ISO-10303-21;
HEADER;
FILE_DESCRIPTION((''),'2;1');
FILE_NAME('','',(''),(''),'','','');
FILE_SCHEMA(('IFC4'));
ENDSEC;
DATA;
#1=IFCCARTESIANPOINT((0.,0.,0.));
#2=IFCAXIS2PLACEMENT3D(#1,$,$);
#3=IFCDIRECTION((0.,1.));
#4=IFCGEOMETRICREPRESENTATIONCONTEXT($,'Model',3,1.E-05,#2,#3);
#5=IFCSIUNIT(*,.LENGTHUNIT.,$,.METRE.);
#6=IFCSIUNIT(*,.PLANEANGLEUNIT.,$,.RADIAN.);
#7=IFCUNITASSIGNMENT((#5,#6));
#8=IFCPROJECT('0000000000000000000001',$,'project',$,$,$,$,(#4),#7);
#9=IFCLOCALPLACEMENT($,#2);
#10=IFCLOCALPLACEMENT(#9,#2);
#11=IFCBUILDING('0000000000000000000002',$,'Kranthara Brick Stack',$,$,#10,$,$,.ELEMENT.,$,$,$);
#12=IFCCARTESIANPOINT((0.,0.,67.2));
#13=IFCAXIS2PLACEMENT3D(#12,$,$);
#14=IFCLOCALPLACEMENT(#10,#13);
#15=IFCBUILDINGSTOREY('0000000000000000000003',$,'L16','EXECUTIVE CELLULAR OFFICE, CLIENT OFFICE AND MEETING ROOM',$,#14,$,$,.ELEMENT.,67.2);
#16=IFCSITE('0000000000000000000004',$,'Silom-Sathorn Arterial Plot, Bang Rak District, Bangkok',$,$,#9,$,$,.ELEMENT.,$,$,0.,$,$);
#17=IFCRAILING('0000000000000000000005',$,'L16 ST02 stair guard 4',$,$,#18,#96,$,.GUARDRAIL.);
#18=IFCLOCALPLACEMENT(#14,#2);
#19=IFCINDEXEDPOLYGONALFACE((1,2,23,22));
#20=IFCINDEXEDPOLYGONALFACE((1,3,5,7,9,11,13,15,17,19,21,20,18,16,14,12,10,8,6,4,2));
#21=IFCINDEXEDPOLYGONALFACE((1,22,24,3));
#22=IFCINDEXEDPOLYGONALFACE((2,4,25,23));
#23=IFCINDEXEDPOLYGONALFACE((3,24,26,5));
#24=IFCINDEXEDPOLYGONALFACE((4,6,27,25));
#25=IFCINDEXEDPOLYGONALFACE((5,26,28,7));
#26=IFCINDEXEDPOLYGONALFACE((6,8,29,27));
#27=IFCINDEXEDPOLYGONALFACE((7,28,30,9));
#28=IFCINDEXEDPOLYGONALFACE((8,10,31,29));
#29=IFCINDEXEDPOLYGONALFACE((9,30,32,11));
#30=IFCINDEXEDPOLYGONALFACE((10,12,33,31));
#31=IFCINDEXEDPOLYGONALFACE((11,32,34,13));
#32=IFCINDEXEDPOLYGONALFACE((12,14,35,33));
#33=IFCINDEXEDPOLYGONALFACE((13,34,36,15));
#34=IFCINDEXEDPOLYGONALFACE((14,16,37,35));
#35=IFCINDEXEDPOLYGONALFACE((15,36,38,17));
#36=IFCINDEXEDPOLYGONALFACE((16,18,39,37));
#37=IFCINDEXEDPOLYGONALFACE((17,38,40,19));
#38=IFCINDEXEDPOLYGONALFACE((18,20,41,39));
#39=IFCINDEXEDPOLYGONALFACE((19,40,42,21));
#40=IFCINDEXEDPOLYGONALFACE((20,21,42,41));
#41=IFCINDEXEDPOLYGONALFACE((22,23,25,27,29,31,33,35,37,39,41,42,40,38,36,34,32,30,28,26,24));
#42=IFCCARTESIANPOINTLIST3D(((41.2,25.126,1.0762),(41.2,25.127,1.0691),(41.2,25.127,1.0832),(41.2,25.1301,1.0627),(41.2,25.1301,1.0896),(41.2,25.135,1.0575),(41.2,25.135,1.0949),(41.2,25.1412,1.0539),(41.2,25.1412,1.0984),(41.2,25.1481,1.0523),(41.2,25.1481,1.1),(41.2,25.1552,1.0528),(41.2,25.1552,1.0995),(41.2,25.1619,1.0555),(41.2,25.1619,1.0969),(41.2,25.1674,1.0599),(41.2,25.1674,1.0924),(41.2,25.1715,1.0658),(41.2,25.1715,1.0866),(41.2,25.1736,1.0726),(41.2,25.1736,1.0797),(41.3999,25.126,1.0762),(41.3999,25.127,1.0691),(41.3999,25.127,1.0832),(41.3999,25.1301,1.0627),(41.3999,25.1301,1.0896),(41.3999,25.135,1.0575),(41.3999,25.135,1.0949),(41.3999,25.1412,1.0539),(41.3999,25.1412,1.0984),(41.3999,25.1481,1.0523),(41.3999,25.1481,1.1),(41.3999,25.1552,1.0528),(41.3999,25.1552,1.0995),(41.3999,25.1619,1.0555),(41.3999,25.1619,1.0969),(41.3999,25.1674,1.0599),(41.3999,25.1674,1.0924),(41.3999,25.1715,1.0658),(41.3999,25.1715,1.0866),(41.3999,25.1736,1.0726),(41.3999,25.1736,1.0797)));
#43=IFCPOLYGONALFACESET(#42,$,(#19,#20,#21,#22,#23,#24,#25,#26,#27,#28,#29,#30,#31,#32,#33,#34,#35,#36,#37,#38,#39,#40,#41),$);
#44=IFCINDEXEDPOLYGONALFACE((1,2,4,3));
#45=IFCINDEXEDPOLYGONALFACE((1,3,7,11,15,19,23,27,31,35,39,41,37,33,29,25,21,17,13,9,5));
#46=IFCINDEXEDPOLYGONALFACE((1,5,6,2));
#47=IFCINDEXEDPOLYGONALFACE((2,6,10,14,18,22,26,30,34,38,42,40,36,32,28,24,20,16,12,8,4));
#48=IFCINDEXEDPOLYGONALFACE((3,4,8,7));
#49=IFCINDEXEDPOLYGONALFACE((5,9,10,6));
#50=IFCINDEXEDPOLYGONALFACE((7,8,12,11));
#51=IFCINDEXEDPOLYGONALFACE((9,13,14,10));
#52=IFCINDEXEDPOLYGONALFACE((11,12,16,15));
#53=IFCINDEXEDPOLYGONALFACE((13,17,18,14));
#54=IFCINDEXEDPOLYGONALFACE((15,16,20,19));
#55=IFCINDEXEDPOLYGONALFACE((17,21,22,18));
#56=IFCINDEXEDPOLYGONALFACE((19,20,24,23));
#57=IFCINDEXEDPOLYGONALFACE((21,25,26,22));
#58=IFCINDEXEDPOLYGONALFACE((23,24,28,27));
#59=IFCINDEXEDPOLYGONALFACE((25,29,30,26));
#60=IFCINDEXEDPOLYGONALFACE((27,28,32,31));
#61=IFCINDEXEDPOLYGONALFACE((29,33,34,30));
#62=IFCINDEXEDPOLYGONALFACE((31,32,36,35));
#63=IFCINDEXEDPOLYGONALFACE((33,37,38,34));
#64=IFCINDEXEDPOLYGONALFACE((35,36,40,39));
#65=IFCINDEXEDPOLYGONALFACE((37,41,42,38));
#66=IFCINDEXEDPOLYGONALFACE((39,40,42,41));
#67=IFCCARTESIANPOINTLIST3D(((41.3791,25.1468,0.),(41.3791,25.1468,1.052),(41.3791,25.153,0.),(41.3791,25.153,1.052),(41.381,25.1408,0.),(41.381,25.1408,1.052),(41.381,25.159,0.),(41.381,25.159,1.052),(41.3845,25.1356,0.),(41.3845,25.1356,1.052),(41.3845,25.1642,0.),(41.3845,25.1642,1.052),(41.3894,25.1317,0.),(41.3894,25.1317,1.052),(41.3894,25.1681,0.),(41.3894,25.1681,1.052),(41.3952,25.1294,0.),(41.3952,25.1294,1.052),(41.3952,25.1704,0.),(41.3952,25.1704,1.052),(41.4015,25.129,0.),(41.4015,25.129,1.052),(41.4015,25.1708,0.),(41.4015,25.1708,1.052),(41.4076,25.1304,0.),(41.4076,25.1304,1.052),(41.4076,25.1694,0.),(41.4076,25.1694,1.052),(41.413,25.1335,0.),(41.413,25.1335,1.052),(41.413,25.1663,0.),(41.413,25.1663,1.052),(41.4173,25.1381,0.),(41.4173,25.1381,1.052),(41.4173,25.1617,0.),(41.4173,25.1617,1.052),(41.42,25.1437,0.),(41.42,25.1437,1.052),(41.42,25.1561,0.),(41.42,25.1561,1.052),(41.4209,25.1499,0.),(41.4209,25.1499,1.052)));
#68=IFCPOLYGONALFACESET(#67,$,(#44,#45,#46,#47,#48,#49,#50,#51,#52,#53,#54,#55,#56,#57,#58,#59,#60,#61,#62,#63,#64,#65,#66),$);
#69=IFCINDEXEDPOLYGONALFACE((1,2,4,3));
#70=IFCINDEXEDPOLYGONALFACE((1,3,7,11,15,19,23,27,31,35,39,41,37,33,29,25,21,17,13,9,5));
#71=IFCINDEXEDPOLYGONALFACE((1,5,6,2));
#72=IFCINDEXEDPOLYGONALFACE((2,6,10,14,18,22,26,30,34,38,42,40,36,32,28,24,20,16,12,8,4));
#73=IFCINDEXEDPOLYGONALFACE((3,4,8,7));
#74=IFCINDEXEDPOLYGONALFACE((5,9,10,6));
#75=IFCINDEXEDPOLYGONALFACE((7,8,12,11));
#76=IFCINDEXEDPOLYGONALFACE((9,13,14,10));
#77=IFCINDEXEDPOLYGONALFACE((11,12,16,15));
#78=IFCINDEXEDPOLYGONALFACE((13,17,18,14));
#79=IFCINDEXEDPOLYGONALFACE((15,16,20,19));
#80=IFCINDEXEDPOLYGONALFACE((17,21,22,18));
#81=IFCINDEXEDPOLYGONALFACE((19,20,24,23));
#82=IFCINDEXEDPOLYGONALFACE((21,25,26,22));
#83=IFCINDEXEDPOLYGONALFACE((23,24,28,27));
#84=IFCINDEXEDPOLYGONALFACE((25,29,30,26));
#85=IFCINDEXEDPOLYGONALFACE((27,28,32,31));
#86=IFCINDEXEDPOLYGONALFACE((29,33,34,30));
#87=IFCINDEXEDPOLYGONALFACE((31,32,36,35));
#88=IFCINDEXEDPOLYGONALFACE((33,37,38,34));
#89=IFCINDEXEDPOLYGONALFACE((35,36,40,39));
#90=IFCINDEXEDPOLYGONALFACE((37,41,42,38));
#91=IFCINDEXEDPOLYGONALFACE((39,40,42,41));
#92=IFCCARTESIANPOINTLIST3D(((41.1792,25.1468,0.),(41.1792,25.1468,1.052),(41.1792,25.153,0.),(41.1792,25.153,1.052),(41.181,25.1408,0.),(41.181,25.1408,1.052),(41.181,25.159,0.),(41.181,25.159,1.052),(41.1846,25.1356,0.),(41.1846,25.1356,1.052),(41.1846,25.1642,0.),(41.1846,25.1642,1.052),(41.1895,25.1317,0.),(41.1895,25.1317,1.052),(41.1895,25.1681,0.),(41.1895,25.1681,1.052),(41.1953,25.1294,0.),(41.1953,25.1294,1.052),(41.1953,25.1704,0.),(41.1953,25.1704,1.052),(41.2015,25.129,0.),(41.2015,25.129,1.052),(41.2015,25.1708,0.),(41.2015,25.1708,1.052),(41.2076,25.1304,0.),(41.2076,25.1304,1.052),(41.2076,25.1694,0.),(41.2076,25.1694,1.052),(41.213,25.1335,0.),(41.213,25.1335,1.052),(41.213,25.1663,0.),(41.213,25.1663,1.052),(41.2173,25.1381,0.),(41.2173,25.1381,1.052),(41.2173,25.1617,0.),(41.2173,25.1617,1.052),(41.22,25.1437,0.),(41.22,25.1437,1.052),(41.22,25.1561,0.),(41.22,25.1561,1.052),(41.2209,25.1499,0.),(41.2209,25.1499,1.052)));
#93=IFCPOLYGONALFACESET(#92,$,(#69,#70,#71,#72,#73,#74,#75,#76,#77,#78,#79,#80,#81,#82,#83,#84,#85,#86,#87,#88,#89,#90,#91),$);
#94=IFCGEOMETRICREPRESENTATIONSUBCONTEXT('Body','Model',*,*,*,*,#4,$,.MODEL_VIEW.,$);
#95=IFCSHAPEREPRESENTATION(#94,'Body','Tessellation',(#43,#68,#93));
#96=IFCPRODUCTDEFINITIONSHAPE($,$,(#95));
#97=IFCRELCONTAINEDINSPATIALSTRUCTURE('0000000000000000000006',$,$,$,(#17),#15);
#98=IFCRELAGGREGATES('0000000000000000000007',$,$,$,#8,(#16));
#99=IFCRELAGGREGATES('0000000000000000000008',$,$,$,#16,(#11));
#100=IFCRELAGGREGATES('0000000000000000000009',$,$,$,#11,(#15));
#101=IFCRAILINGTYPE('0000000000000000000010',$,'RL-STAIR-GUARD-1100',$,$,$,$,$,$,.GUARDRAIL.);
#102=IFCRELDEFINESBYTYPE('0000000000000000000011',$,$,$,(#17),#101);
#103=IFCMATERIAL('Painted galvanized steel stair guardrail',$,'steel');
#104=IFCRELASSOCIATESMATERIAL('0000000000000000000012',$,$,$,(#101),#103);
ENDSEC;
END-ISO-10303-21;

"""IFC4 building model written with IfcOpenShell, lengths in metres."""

from ifc_helpers import new_model, si_unit, direction, frame, origin, origin_2d, place, context, subcontext, project, spatial, circle, extrude, material, type_object, element, save


model = new_model("IFC4")

# Units and contexts
model_context = context("Model", 3, precision=1e-05, world=origin(), true_north=direction((0.0, 1.0)))
body_context = subcontext(model_context, "Body", "Model", "MODEL_VIEW")
ifc_project = project(units=[si_unit("LENGTHUNIT", "METRE"), si_unit("PLANEANGLEUNIT", "RADIAN")], contexts=[model_context])

# Site, building, storey
site_placement = place(None, origin())
site = spatial("IfcSite", under=ifc_project, at=site_placement, Name="Silom-Sathorn Arterial Plot, Bang Rak District, Bangkok", CompositionType="ELEMENT", RefElevation=0.0)
building_placement = place(site_placement, origin())
building = spatial("IfcBuilding", under=site, at=building_placement, Name="Kranthara Brick Stack", CompositionType="ELEMENT")
storey_placement = place(building_placement, frame((0.0, 0.0, 67.2)))
storey = spatial("IfcBuildingStorey", under=building, at=storey_placement, Name="L16", Description="EXECUTIVE CELLULAR OFFICE, CLIENT OFFICE AND MEETING ROOM", CompositionType="ELEMENT", Elevation=67.2)

# Railing
ifc_material_1 = material(Name="Painted galvanized steel stair guardrail", Category="steel")
railing_type_1 = type_object("IfcRailingType", Name="RL-STAIR-GUARD-1100", PredefinedType="GUARDRAIL", material=ifc_material_1)
railing_1_placement = place(storey_placement, frame((41.3999, 25.1499, 0.0)))
element("IfcRailing", 1, at=railing_1_placement, inside=storey, type_object=railing_type_1, Name="L16 ST02 stair guard 4", PredefinedType="GUARDRAIL", context=body_context, shape_type="SweptSolid", body=[
    extrude(circle(Radius=0.0239, at=origin_2d()), frame((0.0, 0.0, 1.0762), z_axis=(-1.0, 0.0, 0.0), x_axis=(0.0, -1.0, 0.0)), (0.0, 0.0, 1.0), 0.2),
    extrude(circle(Radius=0.021, at=origin_2d()), origin(), (0.0, 0.0, 1.0), 1.052),
    extrude(circle(Radius=0.021, at=origin_2d()), frame((-0.2, 0.0, 0.0)), (0.0, 0.0, 1.0), 1.052),
])

save(model, "model.ifc")
